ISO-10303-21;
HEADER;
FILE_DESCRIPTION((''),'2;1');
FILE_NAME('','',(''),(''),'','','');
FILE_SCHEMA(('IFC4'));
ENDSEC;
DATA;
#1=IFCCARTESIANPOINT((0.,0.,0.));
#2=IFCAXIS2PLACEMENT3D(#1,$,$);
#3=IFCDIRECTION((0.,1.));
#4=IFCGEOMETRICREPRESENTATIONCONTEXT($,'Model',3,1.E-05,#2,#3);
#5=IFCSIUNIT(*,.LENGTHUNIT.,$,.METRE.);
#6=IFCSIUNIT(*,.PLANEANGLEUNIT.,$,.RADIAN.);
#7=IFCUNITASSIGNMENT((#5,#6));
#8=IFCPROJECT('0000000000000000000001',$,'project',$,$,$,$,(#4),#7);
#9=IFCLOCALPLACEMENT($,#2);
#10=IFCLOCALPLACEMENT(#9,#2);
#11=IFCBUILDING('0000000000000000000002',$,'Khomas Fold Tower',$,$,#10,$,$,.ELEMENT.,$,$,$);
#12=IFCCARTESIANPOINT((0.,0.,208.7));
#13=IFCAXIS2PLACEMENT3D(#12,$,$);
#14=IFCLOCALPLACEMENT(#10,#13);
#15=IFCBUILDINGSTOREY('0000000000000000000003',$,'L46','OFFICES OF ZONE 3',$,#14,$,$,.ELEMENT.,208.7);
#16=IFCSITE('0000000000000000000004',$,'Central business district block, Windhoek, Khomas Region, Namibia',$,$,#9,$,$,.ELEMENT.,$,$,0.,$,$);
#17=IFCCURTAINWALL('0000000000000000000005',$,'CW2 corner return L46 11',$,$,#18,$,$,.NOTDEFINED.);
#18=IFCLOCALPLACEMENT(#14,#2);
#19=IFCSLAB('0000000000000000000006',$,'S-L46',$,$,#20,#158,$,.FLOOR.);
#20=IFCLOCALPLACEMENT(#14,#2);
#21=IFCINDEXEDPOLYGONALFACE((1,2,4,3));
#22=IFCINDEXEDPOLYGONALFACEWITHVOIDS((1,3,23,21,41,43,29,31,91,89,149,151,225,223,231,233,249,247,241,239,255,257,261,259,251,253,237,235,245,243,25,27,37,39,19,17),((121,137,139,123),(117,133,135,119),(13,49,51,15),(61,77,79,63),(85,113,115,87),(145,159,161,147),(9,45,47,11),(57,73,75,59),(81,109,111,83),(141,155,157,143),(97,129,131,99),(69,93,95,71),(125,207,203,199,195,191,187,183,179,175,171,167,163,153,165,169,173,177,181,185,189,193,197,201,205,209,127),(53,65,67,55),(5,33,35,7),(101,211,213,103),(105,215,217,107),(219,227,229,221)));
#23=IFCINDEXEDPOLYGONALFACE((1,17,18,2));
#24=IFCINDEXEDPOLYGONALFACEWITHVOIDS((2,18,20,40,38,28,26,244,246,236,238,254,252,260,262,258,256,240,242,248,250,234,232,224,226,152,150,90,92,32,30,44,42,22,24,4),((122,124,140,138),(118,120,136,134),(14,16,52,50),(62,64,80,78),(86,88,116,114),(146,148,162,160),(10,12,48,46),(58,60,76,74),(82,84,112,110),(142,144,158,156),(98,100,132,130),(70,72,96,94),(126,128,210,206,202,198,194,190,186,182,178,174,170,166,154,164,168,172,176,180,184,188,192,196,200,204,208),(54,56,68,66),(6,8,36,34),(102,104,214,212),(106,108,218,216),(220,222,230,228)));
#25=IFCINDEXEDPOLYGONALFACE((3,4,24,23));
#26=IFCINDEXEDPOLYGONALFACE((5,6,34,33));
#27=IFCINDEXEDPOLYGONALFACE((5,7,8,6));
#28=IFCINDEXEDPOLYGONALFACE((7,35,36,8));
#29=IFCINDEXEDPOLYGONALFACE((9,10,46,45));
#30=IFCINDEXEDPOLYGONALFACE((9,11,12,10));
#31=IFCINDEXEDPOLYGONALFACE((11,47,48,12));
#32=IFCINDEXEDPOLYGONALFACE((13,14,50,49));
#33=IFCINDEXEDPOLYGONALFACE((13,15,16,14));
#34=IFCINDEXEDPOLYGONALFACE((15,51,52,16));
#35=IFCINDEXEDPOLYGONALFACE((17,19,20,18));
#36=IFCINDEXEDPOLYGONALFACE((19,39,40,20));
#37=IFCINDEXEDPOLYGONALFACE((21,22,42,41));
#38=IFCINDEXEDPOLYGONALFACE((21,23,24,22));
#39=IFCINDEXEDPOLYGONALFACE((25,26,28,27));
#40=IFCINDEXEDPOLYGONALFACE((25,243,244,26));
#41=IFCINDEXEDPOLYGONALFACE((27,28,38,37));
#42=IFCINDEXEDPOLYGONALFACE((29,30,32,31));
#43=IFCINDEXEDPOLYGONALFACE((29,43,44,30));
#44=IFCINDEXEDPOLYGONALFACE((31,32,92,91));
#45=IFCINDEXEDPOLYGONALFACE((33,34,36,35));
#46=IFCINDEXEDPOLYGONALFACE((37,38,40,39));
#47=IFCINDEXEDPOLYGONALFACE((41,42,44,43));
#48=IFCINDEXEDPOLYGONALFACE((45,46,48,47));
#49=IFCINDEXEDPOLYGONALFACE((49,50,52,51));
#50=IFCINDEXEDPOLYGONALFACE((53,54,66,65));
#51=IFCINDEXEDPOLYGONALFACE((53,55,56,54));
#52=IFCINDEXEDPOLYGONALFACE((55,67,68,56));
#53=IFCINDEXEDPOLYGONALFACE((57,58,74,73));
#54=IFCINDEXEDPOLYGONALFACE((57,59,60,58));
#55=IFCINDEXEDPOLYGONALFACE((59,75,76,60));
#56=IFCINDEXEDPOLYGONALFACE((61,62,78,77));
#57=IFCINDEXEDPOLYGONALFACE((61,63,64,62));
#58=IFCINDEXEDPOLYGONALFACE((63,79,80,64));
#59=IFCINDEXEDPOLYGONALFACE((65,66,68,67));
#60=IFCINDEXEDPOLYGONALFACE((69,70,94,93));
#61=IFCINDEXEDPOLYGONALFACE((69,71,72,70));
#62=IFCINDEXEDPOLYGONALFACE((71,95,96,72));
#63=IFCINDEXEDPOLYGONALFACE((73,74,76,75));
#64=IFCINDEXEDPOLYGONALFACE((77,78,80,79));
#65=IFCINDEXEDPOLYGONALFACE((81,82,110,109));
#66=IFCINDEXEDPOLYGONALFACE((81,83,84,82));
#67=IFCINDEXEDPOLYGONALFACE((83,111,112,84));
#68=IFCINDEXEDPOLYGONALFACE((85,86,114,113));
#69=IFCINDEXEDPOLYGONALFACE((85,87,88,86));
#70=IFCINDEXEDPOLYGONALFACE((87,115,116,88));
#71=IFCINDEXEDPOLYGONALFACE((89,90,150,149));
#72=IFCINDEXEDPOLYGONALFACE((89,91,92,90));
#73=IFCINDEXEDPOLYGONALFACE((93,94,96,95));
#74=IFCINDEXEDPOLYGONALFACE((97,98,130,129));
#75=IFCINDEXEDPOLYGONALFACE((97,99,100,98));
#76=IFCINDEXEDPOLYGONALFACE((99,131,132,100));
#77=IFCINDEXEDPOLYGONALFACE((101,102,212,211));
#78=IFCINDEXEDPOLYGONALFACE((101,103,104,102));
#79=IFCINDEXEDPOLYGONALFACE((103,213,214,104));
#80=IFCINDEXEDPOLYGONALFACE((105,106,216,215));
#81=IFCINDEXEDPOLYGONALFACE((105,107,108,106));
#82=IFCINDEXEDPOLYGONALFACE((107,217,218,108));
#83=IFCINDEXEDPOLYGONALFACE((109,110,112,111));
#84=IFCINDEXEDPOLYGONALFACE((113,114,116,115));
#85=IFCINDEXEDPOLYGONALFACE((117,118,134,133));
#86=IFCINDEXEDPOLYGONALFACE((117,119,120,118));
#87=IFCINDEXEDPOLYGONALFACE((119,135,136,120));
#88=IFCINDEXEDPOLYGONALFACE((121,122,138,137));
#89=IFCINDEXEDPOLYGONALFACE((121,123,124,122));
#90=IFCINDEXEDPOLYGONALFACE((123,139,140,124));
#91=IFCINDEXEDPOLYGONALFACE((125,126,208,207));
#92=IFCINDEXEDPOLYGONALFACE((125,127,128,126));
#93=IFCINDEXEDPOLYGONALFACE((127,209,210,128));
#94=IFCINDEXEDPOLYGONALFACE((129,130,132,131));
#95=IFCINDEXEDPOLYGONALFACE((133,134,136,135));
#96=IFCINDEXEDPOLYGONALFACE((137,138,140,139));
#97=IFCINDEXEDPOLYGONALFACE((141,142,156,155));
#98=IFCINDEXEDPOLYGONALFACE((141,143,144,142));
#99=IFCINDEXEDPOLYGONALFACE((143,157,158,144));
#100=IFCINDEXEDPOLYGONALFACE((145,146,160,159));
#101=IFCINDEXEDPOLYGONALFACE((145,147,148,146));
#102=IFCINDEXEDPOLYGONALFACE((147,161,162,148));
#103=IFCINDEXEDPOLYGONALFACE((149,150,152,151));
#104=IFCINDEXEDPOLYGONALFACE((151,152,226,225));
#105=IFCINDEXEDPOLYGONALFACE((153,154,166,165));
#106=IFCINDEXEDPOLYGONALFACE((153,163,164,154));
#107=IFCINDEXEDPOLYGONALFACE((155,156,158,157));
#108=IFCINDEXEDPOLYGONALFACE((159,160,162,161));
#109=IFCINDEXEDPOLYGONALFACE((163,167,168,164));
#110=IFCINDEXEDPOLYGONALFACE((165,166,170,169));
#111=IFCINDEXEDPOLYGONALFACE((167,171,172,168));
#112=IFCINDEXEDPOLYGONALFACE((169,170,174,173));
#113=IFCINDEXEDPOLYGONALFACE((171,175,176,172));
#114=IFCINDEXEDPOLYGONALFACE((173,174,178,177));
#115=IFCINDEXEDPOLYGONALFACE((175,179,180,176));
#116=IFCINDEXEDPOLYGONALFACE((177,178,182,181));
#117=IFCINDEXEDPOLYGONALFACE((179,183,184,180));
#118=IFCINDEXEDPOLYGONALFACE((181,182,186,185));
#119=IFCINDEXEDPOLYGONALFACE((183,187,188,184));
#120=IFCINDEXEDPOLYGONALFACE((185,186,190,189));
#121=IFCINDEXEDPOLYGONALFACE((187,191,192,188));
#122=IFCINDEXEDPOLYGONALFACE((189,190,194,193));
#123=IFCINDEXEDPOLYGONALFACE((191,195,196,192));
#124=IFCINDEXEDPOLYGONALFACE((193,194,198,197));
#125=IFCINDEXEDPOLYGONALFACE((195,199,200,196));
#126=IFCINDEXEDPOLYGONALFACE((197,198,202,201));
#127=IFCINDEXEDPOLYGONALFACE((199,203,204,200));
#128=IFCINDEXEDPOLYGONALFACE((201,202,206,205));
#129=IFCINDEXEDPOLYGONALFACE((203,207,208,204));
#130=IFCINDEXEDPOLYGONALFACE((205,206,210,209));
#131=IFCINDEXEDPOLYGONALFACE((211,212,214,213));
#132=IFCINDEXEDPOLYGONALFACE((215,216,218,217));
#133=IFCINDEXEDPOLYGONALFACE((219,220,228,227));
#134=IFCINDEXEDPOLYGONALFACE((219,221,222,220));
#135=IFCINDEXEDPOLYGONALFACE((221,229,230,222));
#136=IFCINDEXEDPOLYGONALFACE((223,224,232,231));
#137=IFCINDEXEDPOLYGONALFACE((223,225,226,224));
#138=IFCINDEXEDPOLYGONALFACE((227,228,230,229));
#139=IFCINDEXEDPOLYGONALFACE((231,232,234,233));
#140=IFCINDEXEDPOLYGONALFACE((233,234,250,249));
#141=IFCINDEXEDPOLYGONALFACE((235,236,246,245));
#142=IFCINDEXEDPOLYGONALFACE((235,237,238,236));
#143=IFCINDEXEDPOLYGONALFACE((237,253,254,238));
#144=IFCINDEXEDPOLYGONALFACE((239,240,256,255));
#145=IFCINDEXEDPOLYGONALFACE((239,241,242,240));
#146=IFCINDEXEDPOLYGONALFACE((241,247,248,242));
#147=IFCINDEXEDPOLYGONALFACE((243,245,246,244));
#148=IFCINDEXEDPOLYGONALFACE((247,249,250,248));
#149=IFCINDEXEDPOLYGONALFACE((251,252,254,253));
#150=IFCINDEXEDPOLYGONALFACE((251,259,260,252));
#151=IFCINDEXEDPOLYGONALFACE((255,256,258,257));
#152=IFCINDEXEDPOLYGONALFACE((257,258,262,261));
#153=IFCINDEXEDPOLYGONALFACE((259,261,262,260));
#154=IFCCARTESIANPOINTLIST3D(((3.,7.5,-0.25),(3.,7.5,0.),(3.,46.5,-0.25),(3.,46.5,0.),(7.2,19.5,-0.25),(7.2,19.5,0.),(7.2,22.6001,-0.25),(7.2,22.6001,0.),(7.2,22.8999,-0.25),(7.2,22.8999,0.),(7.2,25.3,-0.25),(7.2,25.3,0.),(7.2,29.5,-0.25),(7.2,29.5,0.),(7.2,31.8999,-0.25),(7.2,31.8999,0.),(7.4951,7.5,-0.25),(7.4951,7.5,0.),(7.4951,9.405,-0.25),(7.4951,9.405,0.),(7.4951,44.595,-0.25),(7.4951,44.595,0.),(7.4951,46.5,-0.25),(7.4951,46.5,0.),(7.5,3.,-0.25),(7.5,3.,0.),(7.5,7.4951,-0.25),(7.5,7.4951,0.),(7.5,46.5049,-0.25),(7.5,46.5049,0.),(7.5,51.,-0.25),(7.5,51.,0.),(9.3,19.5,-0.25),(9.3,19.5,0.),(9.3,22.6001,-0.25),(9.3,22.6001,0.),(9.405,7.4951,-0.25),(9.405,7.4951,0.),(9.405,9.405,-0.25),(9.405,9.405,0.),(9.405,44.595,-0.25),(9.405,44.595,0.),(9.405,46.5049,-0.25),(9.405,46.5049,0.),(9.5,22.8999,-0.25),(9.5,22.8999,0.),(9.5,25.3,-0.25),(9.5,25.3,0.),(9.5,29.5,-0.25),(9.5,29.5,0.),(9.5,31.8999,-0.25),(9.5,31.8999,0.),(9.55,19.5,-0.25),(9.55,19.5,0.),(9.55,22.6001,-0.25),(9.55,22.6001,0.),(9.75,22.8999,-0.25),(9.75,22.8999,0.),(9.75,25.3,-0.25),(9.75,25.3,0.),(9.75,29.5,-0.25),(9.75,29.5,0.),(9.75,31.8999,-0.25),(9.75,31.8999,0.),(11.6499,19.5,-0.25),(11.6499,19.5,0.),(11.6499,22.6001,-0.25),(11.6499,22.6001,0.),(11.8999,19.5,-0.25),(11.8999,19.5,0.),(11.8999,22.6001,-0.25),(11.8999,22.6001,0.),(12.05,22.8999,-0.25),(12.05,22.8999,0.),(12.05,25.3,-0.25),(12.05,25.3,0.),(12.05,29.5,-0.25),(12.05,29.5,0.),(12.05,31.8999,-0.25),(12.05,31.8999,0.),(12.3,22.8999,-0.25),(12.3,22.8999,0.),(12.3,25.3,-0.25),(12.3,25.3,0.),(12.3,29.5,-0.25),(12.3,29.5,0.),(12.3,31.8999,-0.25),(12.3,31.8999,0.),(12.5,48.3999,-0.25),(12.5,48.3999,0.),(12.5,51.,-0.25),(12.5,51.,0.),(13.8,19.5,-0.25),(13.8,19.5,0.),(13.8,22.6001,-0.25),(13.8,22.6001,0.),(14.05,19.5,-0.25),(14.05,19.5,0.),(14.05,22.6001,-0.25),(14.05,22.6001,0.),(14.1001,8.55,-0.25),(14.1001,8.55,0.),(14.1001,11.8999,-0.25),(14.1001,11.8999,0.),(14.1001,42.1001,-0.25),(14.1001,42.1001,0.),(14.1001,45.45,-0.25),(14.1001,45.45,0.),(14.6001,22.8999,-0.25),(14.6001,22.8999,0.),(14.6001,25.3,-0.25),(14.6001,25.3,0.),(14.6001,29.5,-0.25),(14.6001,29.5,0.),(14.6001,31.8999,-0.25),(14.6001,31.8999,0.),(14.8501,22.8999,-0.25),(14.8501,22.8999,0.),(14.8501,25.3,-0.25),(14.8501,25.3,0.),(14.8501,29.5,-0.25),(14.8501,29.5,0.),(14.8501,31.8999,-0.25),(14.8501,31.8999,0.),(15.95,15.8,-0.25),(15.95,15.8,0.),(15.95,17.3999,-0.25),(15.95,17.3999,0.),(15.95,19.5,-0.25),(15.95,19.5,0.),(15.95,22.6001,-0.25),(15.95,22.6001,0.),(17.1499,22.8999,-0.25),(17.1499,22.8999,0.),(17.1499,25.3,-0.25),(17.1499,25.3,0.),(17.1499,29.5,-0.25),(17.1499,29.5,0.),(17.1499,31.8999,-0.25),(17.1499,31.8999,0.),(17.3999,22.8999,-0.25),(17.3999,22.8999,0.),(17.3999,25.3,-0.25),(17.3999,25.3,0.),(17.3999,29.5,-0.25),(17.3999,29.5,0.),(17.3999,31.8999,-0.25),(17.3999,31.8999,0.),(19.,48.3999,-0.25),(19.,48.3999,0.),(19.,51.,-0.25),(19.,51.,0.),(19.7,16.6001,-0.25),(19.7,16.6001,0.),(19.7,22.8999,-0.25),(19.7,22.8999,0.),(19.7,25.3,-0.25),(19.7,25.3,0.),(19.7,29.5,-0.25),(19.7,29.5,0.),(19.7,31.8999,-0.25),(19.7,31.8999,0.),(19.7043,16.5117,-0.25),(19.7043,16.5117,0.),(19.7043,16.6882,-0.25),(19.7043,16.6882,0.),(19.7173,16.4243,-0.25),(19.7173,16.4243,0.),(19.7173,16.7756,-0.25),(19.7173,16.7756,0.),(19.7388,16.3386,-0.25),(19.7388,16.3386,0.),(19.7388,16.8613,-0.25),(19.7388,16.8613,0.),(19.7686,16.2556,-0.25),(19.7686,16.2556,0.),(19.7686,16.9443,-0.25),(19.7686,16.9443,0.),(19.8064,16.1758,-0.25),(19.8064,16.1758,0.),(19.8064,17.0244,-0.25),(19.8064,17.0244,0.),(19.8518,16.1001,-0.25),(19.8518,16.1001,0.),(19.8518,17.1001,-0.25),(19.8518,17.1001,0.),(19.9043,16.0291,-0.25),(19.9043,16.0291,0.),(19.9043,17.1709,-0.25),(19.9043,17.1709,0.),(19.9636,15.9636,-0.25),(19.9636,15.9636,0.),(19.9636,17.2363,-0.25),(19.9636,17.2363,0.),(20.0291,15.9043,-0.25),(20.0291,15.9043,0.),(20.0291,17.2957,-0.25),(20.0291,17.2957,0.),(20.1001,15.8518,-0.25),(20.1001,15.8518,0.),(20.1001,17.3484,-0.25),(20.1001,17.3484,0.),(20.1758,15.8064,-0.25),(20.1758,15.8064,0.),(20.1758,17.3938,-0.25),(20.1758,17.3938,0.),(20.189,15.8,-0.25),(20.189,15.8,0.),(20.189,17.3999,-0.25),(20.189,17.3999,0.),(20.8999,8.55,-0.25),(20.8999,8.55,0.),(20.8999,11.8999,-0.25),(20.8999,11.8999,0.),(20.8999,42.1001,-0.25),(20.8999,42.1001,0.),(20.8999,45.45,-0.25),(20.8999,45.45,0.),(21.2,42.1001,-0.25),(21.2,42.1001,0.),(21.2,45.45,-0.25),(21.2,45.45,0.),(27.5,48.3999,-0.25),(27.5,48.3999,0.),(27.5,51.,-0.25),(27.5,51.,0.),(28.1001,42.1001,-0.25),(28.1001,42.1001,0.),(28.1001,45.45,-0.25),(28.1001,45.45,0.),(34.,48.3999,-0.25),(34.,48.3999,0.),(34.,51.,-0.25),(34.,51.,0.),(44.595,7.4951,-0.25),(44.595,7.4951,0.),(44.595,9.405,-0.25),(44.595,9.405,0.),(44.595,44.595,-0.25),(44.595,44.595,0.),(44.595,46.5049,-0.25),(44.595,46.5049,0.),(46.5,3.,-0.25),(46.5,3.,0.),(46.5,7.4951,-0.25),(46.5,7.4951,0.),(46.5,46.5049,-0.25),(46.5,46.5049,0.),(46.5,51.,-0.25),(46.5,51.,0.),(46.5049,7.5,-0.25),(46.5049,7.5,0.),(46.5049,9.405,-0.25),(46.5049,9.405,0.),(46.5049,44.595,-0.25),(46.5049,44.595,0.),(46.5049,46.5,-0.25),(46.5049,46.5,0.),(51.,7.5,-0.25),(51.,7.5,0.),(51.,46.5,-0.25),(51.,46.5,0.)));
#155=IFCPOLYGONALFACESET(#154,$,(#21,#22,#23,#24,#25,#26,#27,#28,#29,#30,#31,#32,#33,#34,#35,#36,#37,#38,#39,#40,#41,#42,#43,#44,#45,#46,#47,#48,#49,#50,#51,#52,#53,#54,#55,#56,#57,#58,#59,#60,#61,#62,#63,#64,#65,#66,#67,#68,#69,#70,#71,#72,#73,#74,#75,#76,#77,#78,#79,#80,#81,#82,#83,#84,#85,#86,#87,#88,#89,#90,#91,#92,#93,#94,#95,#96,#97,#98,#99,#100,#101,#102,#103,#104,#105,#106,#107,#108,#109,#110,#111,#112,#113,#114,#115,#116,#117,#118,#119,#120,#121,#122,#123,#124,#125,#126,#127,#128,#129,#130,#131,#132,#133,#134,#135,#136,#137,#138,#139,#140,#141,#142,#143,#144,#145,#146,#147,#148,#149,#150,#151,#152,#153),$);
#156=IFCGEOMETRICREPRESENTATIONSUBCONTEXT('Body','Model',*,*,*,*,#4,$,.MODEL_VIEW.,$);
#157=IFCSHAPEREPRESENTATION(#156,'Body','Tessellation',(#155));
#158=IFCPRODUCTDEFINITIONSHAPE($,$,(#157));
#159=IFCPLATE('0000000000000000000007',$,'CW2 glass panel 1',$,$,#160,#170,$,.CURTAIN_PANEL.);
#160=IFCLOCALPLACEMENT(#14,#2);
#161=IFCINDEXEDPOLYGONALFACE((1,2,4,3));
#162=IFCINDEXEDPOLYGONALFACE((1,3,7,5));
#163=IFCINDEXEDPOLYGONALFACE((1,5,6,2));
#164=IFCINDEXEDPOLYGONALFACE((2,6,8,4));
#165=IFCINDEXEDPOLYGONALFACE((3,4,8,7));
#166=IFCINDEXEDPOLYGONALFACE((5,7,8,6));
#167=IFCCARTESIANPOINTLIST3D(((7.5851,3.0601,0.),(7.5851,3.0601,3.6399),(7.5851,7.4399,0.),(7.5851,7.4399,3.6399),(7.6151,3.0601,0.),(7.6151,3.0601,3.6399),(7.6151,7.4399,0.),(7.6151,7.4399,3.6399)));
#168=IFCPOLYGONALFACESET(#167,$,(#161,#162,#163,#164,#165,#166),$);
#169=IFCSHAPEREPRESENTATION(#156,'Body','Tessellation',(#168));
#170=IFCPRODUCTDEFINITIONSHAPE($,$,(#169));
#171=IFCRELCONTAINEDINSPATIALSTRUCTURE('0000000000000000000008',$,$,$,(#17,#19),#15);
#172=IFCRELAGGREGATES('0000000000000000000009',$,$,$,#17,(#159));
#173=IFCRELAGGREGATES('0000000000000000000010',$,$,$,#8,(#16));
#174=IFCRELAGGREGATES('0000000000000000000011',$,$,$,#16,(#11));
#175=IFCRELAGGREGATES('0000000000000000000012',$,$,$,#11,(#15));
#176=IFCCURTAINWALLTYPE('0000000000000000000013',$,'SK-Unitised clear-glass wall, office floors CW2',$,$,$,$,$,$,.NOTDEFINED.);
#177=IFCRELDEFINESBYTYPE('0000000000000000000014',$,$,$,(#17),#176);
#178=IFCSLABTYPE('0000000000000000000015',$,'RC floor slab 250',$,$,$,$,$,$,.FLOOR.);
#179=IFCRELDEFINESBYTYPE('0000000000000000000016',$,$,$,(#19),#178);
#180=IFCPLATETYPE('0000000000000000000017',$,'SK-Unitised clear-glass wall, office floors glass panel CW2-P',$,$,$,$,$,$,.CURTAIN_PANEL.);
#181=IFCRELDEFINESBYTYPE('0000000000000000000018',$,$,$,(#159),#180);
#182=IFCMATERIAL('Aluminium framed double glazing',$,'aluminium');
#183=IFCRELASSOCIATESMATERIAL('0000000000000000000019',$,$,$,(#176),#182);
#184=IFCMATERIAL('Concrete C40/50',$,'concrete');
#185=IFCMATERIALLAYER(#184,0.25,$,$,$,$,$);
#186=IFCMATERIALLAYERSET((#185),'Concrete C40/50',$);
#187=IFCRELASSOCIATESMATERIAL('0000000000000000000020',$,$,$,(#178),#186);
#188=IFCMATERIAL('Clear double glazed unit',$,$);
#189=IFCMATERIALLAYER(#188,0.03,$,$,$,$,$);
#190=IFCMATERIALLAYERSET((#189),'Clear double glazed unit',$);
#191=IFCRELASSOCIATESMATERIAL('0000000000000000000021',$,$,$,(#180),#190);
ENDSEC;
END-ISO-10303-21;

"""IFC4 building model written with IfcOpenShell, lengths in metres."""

from ifc_helpers import new_model, si_unit, direction, frame, origin, origin_2d, place, context, subcontext, project, spatial, polyline, rectangle, outline, extrude, source, transform, mapped, material, layer, layer_set, type_object, element, aggregate, save


model = new_model("IFC4")

# Units and contexts
model_context = context("Model", 3, precision=1e-05, world=origin(), true_north=direction((0.0, 1.0)))
body_context = subcontext(model_context, "Body", "Model", "MODEL_VIEW")
ifc_project = project(units=[si_unit("LENGTHUNIT", "METRE"), si_unit("PLANEANGLEUNIT", "RADIAN")], contexts=[model_context])

# Site, building, storey
site_placement = place(None, origin())
site = spatial("IfcSite", under=ifc_project, at=site_placement, Name="Central business district block, Windhoek, Khomas Region, Namibia", CompositionType="ELEMENT", RefElevation=0.0)
building_placement = place(site_placement, origin())
building = spatial("IfcBuilding", under=site, at=building_placement, Name="Khomas Fold Tower", CompositionType="ELEMENT")
storey_placement = place(building_placement, frame((0.0, 0.0, 208.7)))
storey = spatial("IfcBuildingStorey", under=building, at=storey_placement, Name="L46", Description="OFFICES OF ZONE 3", CompositionType="ELEMENT", Elevation=208.7)

# Shared definitions
ifc_material_1 = material(Name="Aluminium framed double glazing", Category="aluminium")
curtain_wall_type = type_object("IfcCurtainWallType", Name="SK-Unitised clear-glass wall, office floors CW2", PredefinedType="NOTDEFINED", material=ifc_material_1)

# Curtain wall
curtain_wall_1_placement = place(storey_placement, origin())
curtain_wall_1 = element("IfcCurtainWall", 1, at=curtain_wall_1_placement, inside=storey, type_object=curtain_wall_type, Name="CW2 corner return L46 11", PredefinedType="NOTDEFINED")

# Slab
ifc_material_2 = material(Name="Concrete C40/50", Category="concrete")
ifc_layer_1 = layer(ifc_material_2, 0.25)
ifc_layer_set_1 = layer_set([ifc_layer_1], Name="Concrete C40/50")
slab_type_1 = type_object("IfcSlabType", Name="RC floor slab 250", PredefinedType="FLOOR", material=ifc_layer_set_1)
shared_shape_1 = source(origin(), body_context, "Body", "SweptSolid", [
    extrude(outline(polyline([(3.0, 7.5), (7.4951, 7.5), (7.4951, 9.405), (9.405, 9.405), (9.405, 7.4951), (7.5, 7.4951), (7.5, 3.0), (46.5, 3.0), (46.5, 7.4951), (44.595, 7.4951), (44.595, 9.405), (46.5049, 9.405), (46.5049, 7.5), (51.0, 7.5), (51.0, 46.5), (46.5049, 46.5), (46.5049, 44.595), (44.595, 44.595), (44.595, 46.5049), (46.5, 46.5049), (46.5, 51.0), (34.0, 51.0), (34.0, 48.3999), (27.5, 48.3999), (27.5, 51.0), (19.0, 51.0), (19.0, 48.3999), (12.5, 48.3999), (12.5, 51.0), (7.5, 51.0), (7.5, 46.5049), (9.405, 46.5049), (9.405, 44.595), (7.4951, 44.595), (7.4951, 46.5), (3.0, 46.5), (3.0, 7.5)]), holes=[polyline([(7.2, 19.5), (7.2, 22.6001), (9.3, 22.6001), (9.3, 19.5), (7.2, 19.5)]), polyline([(7.2, 22.8999), (7.2, 25.3), (9.5, 25.3), (9.5, 22.8999), (7.2, 22.8999)]), polyline([(7.2, 29.5), (7.2, 31.8999), (9.5, 31.8999), (9.5, 29.5), (7.2, 29.5)]), polyline([(9.55, 19.5), (9.55, 22.6001), (11.6499, 22.6001), (11.6499, 19.5), (9.55, 19.5)]), polyline([(9.75, 22.8999), (9.75, 25.3), (12.05, 25.3), (12.05, 22.8999), (9.75, 22.8999)]), polyline([(9.75, 29.5), (9.75, 31.8999), (12.05, 31.8999), (12.05, 29.5), (9.75, 29.5)]), polyline([(11.8999, 19.5), (11.8999, 22.6001), (13.8, 22.6001), (13.8, 19.5), (11.8999, 19.5)]), polyline([(12.3, 22.8999), (12.3, 25.3), (14.6001, 25.3), (14.6001, 22.8999), (12.3, 22.8999)]), polyline([(12.3, 29.5), (12.3, 31.8999), (14.6001, 31.8999), (14.6001, 29.5), (12.3, 29.5)]), polyline([(14.05, 19.5), (14.05, 22.6001), (15.95, 22.6001), (15.95, 19.5), (14.05, 19.5)]), polyline([(14.1001, 8.55), (14.1001, 11.8999), (20.8999, 11.8999), (20.8999, 8.55), (14.1001, 8.55)]), polyline([(14.1001, 42.1001), (14.1001, 45.45), (20.8999, 45.45), (20.8999, 42.1001), (14.1001, 42.1001)]), polyline([(14.8501, 22.8999), (14.8501, 25.3), (17.1499, 25.3), (17.1499, 22.8999), (14.8501, 22.8999)]), polyline([(14.8501, 29.5), (14.8501, 31.8999), (17.1499, 31.8999), (17.1499, 29.5), (14.8501, 29.5)]), polyline([(15.95, 15.8), (15.95, 17.3999), (20.189, 17.3999), (20.1758, 17.3938), (20.1001, 17.3484), (20.0291, 17.2957), (19.9636, 17.2363), (19.9043, 17.1709), (19.8518, 17.1001), (19.8064, 17.0244), (19.7686, 16.9443), (19.7388, 16.8613), (19.7173, 16.7756), (19.7043, 16.6882), (19.7, 16.6001), (19.7043, 16.5117), (19.7173, 16.4243), (19.7388, 16.3386), (19.7686, 16.2556), (19.8064, 16.1758), (19.8518, 16.1001), (19.9043, 16.0291), (19.9636, 15.9636), (20.0291, 15.9043), (20.1001, 15.8518), (20.1758, 15.8064), (20.189, 15.8), (15.95, 15.8)]), polyline([(17.3999, 22.8999), (17.3999, 25.3), (19.7, 25.3), (19.7, 22.8999), (17.3999, 22.8999)]), polyline([(17.3999, 29.5), (17.3999, 31.8999), (19.7, 31.8999), (19.7, 29.5), (17.3999, 29.5)]), polyline([(21.2, 42.1001), (21.2, 45.45), (28.1001, 45.45), (28.1001, 42.1001), (21.2, 42.1001)])]), origin(), (0.0, 0.0, 1.0), 0.25),
])
slab_1_placement = place(storey_placement, frame((0.0, 0.0, -0.25)))
element("IfcSlab", 2, at=slab_1_placement, inside=storey, type_object=slab_type_1, Name="S-L46", PredefinedType="FLOOR", context=body_context, shape_type="MappedRepresentation", body=[
    mapped(shared_shape_1, transform((0.0, 0.0, 0.0))),
])

# Plate
ifc_material_3 = material(Name="Clear double glazed unit")
ifc_layer_2 = layer(ifc_material_3, 0.03)
ifc_layer_set_2 = layer_set([ifc_layer_2], Name="Clear double glazed unit")
plate_type = type_object("IfcPlateType", Name="SK-Unitised clear-glass wall, office floors glass panel CW2-P", PredefinedType="CURTAIN_PANEL", material=ifc_layer_set_2)
shared_shape_2 = source(origin(), body_context, "Body", "SweptSolid", [
    extrude(rectangle(XDim=4.3799, YDim=0.03, at=origin_2d()), origin(), (0.0, 0.0, 1.0), 3.6399),
])
plate_1_placement = place(storey_placement, frame((7.6001, 5.25, 0.0), z_axis=(0.0, 0.0, 1.0), x_axis=(0.0, -1.0, 0.0)))
plate_1 = element("IfcPlate", 3, at=plate_1_placement, type_object=plate_type, Name="CW2 glass panel 1", PredefinedType="CURTAIN_PANEL", context=body_context, shape_type="MappedRepresentation", body=[
    mapped(shared_shape_2, transform((0.0, 0.0, 0.0))),
])
aggregate(curtain_wall_1, [plate_1])

save(model, "model.ifc")
